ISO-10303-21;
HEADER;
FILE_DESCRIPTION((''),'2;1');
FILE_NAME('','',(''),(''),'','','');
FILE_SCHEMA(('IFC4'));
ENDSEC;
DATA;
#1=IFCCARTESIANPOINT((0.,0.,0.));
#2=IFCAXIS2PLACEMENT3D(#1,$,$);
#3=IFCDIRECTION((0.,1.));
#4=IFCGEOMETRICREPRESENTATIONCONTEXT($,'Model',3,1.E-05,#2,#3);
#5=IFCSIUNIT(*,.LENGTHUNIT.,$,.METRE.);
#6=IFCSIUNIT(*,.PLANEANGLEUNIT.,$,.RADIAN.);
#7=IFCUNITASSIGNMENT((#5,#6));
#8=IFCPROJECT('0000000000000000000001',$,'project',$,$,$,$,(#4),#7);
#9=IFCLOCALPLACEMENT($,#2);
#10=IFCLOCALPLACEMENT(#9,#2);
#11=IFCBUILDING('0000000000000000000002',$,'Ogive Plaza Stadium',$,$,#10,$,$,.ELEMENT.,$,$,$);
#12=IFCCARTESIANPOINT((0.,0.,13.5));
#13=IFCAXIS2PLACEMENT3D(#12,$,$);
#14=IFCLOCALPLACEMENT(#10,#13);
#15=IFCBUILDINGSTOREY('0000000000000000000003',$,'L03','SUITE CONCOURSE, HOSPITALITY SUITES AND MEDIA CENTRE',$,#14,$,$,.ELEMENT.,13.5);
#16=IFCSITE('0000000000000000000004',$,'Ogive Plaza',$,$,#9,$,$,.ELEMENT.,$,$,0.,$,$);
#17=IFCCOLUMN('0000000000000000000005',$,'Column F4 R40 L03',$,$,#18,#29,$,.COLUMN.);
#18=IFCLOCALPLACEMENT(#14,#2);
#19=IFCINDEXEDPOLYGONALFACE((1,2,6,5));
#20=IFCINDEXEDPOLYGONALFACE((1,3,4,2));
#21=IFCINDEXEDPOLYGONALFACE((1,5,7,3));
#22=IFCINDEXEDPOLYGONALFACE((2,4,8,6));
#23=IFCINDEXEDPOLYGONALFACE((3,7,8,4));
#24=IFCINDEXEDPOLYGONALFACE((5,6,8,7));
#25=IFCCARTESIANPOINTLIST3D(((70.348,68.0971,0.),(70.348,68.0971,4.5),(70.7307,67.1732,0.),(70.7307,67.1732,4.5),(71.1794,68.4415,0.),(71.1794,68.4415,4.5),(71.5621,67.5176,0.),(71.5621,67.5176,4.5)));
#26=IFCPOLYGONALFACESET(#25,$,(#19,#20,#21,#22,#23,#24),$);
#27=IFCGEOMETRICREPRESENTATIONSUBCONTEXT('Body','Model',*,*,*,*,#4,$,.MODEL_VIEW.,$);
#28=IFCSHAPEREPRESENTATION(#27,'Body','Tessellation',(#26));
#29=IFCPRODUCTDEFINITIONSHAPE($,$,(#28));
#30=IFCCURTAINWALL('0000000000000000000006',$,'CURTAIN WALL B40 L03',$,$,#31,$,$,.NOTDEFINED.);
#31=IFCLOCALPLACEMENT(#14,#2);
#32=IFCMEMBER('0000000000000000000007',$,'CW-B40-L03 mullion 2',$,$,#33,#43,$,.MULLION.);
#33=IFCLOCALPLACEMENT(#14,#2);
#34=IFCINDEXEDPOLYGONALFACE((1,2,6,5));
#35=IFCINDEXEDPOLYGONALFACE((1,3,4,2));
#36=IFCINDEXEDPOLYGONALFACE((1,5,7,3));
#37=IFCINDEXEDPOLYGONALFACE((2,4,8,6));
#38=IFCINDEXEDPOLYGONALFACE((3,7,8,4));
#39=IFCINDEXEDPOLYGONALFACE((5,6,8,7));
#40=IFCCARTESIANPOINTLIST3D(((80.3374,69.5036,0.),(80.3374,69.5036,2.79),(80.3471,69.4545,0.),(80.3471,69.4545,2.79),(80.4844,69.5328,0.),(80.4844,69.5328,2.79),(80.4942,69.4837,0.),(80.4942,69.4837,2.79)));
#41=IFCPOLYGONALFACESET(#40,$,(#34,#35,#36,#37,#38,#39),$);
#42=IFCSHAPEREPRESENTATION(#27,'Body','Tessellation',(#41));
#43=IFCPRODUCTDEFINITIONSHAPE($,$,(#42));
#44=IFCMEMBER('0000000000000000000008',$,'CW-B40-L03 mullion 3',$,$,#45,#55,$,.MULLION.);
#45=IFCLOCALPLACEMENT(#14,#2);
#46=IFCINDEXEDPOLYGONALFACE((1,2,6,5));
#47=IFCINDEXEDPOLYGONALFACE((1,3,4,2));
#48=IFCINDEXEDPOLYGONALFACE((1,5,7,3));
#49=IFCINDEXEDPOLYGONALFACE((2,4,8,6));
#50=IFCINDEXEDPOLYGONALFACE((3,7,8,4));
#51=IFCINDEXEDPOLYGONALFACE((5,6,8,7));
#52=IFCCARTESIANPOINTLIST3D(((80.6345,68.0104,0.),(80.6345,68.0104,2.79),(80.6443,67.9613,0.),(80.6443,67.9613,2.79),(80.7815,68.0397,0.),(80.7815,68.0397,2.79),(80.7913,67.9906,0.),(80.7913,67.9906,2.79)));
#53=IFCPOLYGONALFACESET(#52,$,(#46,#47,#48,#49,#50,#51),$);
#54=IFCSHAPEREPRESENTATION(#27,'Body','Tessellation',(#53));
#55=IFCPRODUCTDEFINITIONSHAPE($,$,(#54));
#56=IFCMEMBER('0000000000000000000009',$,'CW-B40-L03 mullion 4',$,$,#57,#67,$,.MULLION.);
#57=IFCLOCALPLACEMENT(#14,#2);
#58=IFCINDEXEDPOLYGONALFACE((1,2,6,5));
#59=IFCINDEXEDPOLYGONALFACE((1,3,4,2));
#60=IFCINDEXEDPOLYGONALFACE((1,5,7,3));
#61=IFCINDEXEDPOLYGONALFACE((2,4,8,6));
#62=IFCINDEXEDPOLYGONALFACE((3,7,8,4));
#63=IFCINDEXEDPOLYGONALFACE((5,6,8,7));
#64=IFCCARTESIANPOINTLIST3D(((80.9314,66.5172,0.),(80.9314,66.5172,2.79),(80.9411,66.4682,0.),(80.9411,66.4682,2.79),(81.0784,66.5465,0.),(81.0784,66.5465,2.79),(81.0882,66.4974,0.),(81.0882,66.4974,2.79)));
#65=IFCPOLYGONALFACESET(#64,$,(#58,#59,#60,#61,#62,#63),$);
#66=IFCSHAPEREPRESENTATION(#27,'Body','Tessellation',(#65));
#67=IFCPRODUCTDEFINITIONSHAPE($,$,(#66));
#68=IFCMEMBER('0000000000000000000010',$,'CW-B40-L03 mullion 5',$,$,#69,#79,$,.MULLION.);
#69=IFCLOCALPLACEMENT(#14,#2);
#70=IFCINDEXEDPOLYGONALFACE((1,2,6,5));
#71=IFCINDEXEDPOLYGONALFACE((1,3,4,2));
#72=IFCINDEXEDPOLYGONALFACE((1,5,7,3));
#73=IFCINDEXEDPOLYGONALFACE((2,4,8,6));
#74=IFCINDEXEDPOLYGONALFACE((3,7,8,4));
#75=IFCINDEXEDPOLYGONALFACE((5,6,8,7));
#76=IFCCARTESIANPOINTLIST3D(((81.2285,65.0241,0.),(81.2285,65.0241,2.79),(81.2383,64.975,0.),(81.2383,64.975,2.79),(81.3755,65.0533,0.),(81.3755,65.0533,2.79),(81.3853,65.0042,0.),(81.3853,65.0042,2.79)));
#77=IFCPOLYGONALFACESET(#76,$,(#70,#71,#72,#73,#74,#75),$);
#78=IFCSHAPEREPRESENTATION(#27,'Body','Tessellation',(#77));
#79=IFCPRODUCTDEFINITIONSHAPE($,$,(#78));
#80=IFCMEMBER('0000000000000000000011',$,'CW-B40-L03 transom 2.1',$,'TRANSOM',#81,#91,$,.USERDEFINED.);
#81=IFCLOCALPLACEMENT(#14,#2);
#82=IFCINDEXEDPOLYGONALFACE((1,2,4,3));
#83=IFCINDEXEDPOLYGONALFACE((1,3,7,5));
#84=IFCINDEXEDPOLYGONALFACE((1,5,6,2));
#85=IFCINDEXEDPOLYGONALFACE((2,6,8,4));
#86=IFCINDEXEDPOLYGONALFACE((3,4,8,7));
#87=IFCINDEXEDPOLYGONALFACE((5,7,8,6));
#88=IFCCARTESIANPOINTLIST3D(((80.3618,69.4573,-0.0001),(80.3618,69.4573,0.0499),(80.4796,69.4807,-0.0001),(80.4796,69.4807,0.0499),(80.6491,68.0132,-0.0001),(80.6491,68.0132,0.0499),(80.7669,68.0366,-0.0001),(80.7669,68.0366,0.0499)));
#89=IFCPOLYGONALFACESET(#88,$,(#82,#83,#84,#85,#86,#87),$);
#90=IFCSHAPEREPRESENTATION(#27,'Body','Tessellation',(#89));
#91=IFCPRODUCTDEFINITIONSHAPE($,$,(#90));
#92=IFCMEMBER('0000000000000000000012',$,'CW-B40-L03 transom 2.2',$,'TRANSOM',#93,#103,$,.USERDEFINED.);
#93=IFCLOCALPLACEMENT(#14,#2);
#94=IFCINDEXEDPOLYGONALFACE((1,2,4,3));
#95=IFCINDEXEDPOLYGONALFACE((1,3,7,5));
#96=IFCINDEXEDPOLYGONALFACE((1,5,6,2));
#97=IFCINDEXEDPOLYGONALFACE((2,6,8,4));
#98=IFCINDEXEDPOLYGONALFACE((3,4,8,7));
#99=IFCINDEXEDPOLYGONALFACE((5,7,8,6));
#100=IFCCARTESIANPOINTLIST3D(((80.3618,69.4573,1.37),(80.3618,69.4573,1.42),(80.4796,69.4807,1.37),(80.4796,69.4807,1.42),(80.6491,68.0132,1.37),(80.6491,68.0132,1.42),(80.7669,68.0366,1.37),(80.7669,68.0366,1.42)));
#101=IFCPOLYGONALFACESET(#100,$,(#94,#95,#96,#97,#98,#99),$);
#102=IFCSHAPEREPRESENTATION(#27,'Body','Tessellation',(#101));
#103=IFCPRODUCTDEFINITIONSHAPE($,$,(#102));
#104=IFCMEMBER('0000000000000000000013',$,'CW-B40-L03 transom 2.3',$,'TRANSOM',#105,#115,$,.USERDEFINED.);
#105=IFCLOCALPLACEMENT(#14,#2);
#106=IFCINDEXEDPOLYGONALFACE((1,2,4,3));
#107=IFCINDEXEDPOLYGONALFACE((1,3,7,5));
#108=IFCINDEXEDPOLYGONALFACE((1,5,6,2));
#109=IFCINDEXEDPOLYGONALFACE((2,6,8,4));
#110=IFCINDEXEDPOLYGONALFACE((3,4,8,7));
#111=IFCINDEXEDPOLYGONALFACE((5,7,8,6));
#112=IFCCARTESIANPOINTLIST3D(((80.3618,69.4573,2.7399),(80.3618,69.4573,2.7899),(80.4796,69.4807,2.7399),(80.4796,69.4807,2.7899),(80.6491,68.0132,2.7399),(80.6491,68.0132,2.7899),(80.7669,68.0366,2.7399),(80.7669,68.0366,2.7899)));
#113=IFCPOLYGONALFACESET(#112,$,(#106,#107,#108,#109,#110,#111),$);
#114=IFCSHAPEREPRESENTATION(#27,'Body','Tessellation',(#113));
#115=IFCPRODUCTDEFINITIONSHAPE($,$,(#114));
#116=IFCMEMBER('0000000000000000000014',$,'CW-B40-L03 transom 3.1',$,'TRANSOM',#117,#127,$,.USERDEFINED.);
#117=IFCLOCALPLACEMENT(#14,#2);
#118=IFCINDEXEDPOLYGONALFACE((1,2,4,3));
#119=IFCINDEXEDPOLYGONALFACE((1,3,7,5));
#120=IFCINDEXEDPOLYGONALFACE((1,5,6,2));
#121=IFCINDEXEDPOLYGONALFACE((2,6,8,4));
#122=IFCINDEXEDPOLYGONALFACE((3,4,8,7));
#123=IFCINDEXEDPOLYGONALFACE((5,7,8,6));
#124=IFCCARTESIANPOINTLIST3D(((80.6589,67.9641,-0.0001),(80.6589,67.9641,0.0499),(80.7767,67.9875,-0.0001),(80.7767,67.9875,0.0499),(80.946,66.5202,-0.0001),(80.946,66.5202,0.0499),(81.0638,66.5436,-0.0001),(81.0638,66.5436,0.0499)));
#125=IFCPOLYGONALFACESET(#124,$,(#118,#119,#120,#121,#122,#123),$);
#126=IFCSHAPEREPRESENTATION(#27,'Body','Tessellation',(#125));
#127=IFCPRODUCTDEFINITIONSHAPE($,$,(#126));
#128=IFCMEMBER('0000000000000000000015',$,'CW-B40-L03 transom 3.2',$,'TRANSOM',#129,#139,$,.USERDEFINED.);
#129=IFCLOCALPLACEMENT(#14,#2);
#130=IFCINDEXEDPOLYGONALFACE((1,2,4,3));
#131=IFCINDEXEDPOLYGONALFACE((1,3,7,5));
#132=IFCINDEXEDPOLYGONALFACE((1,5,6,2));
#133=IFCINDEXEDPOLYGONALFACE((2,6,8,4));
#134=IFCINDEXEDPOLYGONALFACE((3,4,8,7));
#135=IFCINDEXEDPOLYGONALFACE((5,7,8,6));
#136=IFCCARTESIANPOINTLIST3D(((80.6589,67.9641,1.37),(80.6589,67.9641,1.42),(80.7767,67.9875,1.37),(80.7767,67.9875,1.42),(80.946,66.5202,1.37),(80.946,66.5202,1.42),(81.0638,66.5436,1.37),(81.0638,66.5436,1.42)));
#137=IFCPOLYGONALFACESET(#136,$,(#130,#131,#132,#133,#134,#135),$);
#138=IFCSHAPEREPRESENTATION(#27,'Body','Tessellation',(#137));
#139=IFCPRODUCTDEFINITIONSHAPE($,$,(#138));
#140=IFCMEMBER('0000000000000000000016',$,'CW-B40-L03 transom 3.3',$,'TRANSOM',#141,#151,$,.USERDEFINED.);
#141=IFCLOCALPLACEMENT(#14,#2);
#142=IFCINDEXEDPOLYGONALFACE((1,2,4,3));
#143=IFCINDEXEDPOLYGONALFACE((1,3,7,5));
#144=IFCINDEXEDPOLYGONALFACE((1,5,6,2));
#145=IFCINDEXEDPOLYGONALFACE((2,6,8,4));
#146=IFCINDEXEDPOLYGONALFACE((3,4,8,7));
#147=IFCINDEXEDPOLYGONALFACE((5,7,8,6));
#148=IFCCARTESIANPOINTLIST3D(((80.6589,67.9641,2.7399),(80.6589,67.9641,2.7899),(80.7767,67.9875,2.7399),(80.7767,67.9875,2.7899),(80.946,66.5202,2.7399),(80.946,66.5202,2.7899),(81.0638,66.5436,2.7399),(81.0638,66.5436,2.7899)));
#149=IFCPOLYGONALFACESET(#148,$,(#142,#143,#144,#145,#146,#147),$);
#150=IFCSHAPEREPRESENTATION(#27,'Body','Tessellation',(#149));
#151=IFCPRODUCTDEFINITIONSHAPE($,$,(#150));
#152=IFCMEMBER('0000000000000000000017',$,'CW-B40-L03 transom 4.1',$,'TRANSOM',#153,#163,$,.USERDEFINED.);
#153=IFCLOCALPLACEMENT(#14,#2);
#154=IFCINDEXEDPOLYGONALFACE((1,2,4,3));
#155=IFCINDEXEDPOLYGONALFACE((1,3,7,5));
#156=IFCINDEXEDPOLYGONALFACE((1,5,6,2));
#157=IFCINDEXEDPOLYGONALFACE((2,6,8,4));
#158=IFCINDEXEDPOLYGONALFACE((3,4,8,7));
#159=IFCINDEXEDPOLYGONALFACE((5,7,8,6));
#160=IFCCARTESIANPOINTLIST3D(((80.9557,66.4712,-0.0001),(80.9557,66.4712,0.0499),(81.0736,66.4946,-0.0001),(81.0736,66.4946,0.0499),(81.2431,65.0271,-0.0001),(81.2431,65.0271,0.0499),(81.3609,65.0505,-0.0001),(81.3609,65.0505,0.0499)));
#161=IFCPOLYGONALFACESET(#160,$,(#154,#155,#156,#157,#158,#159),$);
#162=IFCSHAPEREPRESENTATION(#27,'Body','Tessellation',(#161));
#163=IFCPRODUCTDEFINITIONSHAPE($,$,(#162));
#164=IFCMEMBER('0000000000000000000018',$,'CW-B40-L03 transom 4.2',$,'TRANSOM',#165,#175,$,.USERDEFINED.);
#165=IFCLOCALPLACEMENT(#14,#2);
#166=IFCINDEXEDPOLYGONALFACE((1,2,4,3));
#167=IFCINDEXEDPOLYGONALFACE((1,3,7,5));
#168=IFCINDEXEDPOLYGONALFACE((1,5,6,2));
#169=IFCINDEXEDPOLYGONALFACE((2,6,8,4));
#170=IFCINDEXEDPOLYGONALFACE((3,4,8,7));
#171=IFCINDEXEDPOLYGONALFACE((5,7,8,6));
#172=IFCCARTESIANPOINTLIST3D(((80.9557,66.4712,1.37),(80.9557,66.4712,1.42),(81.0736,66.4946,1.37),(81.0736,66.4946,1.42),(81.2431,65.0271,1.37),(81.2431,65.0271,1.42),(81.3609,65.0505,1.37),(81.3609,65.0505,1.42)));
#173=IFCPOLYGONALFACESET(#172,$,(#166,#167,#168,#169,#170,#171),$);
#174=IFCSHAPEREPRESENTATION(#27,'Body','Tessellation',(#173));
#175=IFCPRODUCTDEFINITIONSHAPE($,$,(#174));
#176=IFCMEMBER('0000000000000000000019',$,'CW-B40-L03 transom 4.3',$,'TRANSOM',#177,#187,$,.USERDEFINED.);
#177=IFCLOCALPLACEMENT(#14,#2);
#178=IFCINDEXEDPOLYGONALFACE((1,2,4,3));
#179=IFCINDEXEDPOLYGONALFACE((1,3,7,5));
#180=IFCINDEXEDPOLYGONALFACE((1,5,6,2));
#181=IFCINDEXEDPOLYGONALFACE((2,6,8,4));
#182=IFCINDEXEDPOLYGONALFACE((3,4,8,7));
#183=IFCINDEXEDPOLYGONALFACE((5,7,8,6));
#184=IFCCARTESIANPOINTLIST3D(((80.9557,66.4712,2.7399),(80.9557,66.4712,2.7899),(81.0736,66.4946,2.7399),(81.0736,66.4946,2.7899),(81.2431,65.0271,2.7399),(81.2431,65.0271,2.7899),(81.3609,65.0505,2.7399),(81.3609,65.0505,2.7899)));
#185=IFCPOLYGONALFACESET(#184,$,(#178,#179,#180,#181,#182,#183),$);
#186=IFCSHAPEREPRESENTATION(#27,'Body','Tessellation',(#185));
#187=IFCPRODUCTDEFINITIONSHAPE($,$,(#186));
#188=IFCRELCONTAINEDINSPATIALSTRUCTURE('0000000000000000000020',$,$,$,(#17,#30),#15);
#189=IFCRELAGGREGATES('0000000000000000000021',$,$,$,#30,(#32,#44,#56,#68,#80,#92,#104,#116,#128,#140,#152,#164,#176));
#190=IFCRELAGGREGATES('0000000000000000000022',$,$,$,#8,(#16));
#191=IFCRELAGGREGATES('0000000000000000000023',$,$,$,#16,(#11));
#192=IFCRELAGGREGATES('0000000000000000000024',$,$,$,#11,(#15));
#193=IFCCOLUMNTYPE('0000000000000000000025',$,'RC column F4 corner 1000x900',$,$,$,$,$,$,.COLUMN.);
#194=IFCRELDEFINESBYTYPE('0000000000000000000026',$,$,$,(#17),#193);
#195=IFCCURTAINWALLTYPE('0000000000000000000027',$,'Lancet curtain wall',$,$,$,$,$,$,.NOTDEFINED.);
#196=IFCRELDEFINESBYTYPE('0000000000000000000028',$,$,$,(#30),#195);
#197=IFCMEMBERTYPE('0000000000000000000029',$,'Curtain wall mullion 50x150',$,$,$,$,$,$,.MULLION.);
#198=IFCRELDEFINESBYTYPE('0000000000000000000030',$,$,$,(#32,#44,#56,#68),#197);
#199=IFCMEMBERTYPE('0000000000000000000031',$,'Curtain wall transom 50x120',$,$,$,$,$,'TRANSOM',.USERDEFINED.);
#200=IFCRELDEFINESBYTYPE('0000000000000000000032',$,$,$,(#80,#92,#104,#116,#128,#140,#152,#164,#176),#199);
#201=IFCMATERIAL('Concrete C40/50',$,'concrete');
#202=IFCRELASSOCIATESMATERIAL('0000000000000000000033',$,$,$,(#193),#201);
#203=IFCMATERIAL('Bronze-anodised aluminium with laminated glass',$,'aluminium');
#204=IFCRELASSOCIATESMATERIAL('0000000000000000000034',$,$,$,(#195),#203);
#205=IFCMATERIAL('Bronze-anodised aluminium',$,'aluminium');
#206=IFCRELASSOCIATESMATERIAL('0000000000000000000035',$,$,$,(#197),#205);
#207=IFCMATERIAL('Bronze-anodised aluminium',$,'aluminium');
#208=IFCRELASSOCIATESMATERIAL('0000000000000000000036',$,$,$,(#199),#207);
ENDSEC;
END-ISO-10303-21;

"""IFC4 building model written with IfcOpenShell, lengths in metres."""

from ifc_helpers import new_model, si_unit, direction, frame, origin, origin_2d, place, context, subcontext, project, spatial, rectangle, extrude, material, material_profile, profile_set, type_object, element, aggregate, save


model = new_model("IFC4")

# Units and contexts
model_context = context("Model", 3, precision=1e-05, world=origin(), true_north=direction((0.0, 1.0)))
body_context = subcontext(model_context, "Body", "Model", "MODEL_VIEW")
ifc_project = project(units=[si_unit("LENGTHUNIT", "METRE"), si_unit("PLANEANGLEUNIT", "RADIAN")], contexts=[model_context])

# Site, building, storey
site_placement = place(None, origin())
site = spatial("IfcSite", under=ifc_project, at=site_placement, Name="Ogive Plaza", CompositionType="ELEMENT", RefElevation=0.0)
building_placement = place(site_placement, origin())
building = spatial("IfcBuilding", under=site, at=building_placement, Name="Ogive Plaza Stadium", CompositionType="ELEMENT")
storey_placement = place(building_placement, frame((0.0, 0.0, 13.5)))
storey = spatial("IfcBuildingStorey", under=building, at=storey_placement, Name="L03", Description="SUITE CONCOURSE, HOSPITALITY SUITES AND MEDIA CENTRE", CompositionType="ELEMENT", Elevation=13.5)

# Column
ifc_material_1 = material(Name="Concrete C40/50", Category="concrete")
ifc_material_profile_1 = material_profile(ifc_material_1, rectangle(XDim=1.0, YDim=0.8999, at=origin_2d()), Name="RC 1000x900")
ifc_profile_set_1 = profile_set([ifc_material_profile_1], Name="Concrete C40/50")
column_type = type_object("IfcColumnType", Name="RC column F4 corner 1000x900", PredefinedType="COLUMN", material=ifc_profile_set_1)
column_placement = place(storey_placement, frame((70.9551, 67.8074, 0.0), z_axis=(0.0, 0.0, 1.0), x_axis=(-0.382683, 0.92388, 0.0)))
element("IfcColumn", 1, at=column_placement, inside=storey, type_object=column_type, Name="Column F4 R40 L03", PredefinedType="COLUMN", context=body_context, shape_type="SweptSolid", body=[
    extrude(rectangle(XDim=1.0, YDim=0.8999, at=origin_2d()), origin(), (0.0, 0.0, 1.0), 4.5),
])

# Curtain wall, members
ifc_material_2 = material(Name="Bronze-anodised aluminium with laminated glass", Category="aluminium")
curtain_wall_type = type_object("IfcCurtainWallType", Name="Lancet curtain wall", PredefinedType="NOTDEFINED", material=ifc_material_2)
curtain_wall_placement = place(storey_placement, origin())
curtain_wall = element("IfcCurtainWall", 2, at=curtain_wall_placement, inside=storey, type_object=curtain_wall_type, Name="CURTAIN WALL B40 L03", PredefinedType="NOTDEFINED")
ifc_material_3 = material(Name="Bronze-anodised aluminium", Category="aluminium")
ifc_material_profile_2 = material_profile(ifc_material_3, rectangle(XDim=0.1499, YDim=0.05, at=origin_2d()), Name="AL 150x50")
ifc_profile_set_2 = profile_set([ifc_material_profile_2], Name="Bronze-anodised aluminium")
member_type_1 = type_object("IfcMemberType", Name="Curtain wall mullion 50x150", PredefinedType="MULLION", material=ifc_profile_set_2)
member_1_placement = place(storey_placement, frame((80.4158, 69.4937, 0.0), z_axis=(0.0, 0.0, 1.0), x_axis=(0.980785, 0.19509, 0.0)))
member_1 = element("IfcMember", 3, at=member_1_placement, type_object=member_type_1, Name="CW-B40-L03 mullion 2", PredefinedType="MULLION", context=body_context, shape_type="SweptSolid", body=[
    extrude(rectangle(XDim=0.1499, YDim=0.05, at=origin_2d()), origin(), (0.0, 0.0, 1.0), 2.79),
])
member_2_placement = place(storey_placement, frame((80.7129, 68.0005, 0.0), z_axis=(0.0, 0.0, 1.0), x_axis=(0.980785, 0.19509, 0.0)))
member_2 = element("IfcMember", 4, at=member_2_placement, type_object=member_type_1, Name="CW-B40-L03 mullion 3", PredefinedType="MULLION", context=body_context, shape_type="SweptSolid", body=[
    extrude(rectangle(XDim=0.1499, YDim=0.05, at=origin_2d()), origin(), (0.0, 0.0, 1.0), 2.79),
])
member_3_placement = place(storey_placement, frame((81.0098, 66.5073, 0.0), z_axis=(0.0, 0.0, 1.0), x_axis=(0.980785, 0.19509, 0.0)))
member_3 = element("IfcMember", 5, at=member_3_placement, type_object=member_type_1, Name="CW-B40-L03 mullion 4", PredefinedType="MULLION", context=body_context, shape_type="SweptSolid", body=[
    extrude(rectangle(XDim=0.1499, YDim=0.05, at=origin_2d()), origin(), (0.0, 0.0, 1.0), 2.79),
])
member_4_placement = place(storey_placement, frame((81.3069, 65.0142, 0.0), z_axis=(0.0, 0.0, 1.0), x_axis=(0.980785, 0.19509, 0.0)))
member_4 = element("IfcMember", 6, at=member_4_placement, type_object=member_type_1, Name="CW-B40-L03 mullion 5", PredefinedType="MULLION", context=body_context, shape_type="SweptSolid", body=[
    extrude(rectangle(XDim=0.1499, YDim=0.05, at=origin_2d()), origin(), (0.0, 0.0, 1.0), 2.79),
])
ifc_material_4 = material(Name="Bronze-anodised aluminium", Category="aluminium")
ifc_material_profile_3 = material_profile(ifc_material_4, rectangle(XDim=0.1201, YDim=0.05, at=origin_2d()), Name="AL 120x50")
ifc_profile_set_3 = profile_set([ifc_material_profile_3], Name="Bronze-anodised aluminium")
member_type_2 = type_object("IfcMemberType", Name="Curtain wall transom 50x120", ElementType="TRANSOM", PredefinedType="USERDEFINED", material=ifc_profile_set_3)
member_5_placement = place(storey_placement, frame((80.4207, 69.469, 0.0249), z_axis=(0.195159, -0.980772, 0.0), x_axis=(0.980772, 0.195159, 0.0)))
member_5 = element("IfcMember", 7, at=member_5_placement, type_object=member_type_2, Name="CW-B40-L03 transom 2.1", ObjectType="TRANSOM", PredefinedType="USERDEFINED", context=body_context, shape_type="SweptSolid", body=[
    extrude(rectangle(XDim=0.1201, YDim=0.05, at=origin_2d()), origin(), (0.0, 0.0, 1.0), 1.4724),
])
member_6_placement = place(storey_placement, frame((80.4207, 69.469, 1.395), z_axis=(0.195159, -0.980772, 0.0), x_axis=(0.980772, 0.195159, 0.0)))
member_6 = element("IfcMember", 8, at=member_6_placement, type_object=member_type_2, Name="CW-B40-L03 transom 2.2", ObjectType="TRANSOM", PredefinedType="USERDEFINED", context=body_context, shape_type="SweptSolid", body=[
    extrude(rectangle(XDim=0.1201, YDim=0.05, at=origin_2d()), origin(), (0.0, 0.0, 1.0), 1.4724),
])
member_7_placement = place(storey_placement, frame((80.4207, 69.469, 2.7649), z_axis=(0.195159, -0.980772, 0.0), x_axis=(0.980772, 0.195159, 0.0)))
member_7 = element("IfcMember", 9, at=member_7_placement, type_object=member_type_2, Name="CW-B40-L03 transom 2.3", ObjectType="TRANSOM", PredefinedType="USERDEFINED", context=body_context, shape_type="SweptSolid", body=[
    extrude(rectangle(XDim=0.1201, YDim=0.05, at=origin_2d()), origin(), (0.0, 0.0, 1.0), 1.4724),
])
member_8_placement = place(storey_placement, frame((80.7178, 67.9758, 0.0249), z_axis=(0.195032, -0.980797, 0.0), x_axis=(0.980797, 0.195032, 0.0)))
member_8 = element("IfcMember", 10, at=member_8_placement, type_object=member_type_2, Name="CW-B40-L03 transom 3.1", ObjectType="TRANSOM", PredefinedType="USERDEFINED", context=body_context, shape_type="SweptSolid", body=[
    extrude(rectangle(XDim=0.1201, YDim=0.05, at=origin_2d()), origin(), (0.0, 0.0, 1.0), 1.4722),
])
member_9_placement = place(storey_placement, frame((80.7178, 67.9758, 1.395), z_axis=(0.195032, -0.980797, 0.0), x_axis=(0.980797, 0.195032, 0.0)))
member_9 = element("IfcMember", 11, at=member_9_placement, type_object=member_type_2, Name="CW-B40-L03 transom 3.2", ObjectType="TRANSOM", PredefinedType="USERDEFINED", context=body_context, shape_type="SweptSolid", body=[
    extrude(rectangle(XDim=0.1201, YDim=0.05, at=origin_2d()), origin(), (0.0, 0.0, 1.0), 1.4722),
])
member_10_placement = place(storey_placement, frame((80.7178, 67.9758, 2.7649), z_axis=(0.195032, -0.980797, 0.0), x_axis=(0.980797, 0.195032, 0.0)))
member_10 = element("IfcMember", 12, at=member_10_placement, type_object=member_type_2, Name="CW-B40-L03 transom 3.3", ObjectType="TRANSOM", PredefinedType="USERDEFINED", context=body_context, shape_type="SweptSolid", body=[
    extrude(rectangle(XDim=0.1201, YDim=0.05, at=origin_2d()), origin(), (0.0, 0.0, 1.0), 1.4722),
])
member_11_placement = place(storey_placement, frame((81.0146, 66.4829, 0.0249), z_axis=(0.195159, -0.980772, 0.0), x_axis=(0.980772, 0.195159, 0.0)))
member_11 = element("IfcMember", 13, at=member_11_placement, type_object=member_type_2, Name="CW-B40-L03 transom 4.1", ObjectType="TRANSOM", PredefinedType="USERDEFINED", context=body_context, shape_type="SweptSolid", body=[
    extrude(rectangle(XDim=0.1201, YDim=0.05, at=origin_2d()), origin(), (0.0, 0.0, 1.0), 1.4724),
])
member_12_placement = place(storey_placement, frame((81.0146, 66.4829, 1.395), z_axis=(0.195159, -0.980772, 0.0), x_axis=(0.980772, 0.195159, 0.0)))
member_12 = element("IfcMember", 14, at=member_12_placement, type_object=member_type_2, Name="CW-B40-L03 transom 4.2", ObjectType="TRANSOM", PredefinedType="USERDEFINED", context=body_context, shape_type="SweptSolid", body=[
    extrude(rectangle(XDim=0.1201, YDim=0.05, at=origin_2d()), origin(), (0.0, 0.0, 1.0), 1.4724),
])
member_13_placement = place(storey_placement, frame((81.0146, 66.4829, 2.7649), z_axis=(0.195159, -0.980772, 0.0), x_axis=(0.980772, 0.195159, 0.0)))
member_13 = element("IfcMember", 15, at=member_13_placement, type_object=member_type_2, Name="CW-B40-L03 transom 4.3", ObjectType="TRANSOM", PredefinedType="USERDEFINED", context=body_context, shape_type="SweptSolid", body=[
    extrude(rectangle(XDim=0.1201, YDim=0.05, at=origin_2d()), origin(), (0.0, 0.0, 1.0), 1.4724),
])

aggregate(curtain_wall, [member_1, member_2, member_3, member_4, member_5, member_6, member_7, member_8, member_9, member_10, member_11, member_12, member_13])

save(model, "model.ifc")
